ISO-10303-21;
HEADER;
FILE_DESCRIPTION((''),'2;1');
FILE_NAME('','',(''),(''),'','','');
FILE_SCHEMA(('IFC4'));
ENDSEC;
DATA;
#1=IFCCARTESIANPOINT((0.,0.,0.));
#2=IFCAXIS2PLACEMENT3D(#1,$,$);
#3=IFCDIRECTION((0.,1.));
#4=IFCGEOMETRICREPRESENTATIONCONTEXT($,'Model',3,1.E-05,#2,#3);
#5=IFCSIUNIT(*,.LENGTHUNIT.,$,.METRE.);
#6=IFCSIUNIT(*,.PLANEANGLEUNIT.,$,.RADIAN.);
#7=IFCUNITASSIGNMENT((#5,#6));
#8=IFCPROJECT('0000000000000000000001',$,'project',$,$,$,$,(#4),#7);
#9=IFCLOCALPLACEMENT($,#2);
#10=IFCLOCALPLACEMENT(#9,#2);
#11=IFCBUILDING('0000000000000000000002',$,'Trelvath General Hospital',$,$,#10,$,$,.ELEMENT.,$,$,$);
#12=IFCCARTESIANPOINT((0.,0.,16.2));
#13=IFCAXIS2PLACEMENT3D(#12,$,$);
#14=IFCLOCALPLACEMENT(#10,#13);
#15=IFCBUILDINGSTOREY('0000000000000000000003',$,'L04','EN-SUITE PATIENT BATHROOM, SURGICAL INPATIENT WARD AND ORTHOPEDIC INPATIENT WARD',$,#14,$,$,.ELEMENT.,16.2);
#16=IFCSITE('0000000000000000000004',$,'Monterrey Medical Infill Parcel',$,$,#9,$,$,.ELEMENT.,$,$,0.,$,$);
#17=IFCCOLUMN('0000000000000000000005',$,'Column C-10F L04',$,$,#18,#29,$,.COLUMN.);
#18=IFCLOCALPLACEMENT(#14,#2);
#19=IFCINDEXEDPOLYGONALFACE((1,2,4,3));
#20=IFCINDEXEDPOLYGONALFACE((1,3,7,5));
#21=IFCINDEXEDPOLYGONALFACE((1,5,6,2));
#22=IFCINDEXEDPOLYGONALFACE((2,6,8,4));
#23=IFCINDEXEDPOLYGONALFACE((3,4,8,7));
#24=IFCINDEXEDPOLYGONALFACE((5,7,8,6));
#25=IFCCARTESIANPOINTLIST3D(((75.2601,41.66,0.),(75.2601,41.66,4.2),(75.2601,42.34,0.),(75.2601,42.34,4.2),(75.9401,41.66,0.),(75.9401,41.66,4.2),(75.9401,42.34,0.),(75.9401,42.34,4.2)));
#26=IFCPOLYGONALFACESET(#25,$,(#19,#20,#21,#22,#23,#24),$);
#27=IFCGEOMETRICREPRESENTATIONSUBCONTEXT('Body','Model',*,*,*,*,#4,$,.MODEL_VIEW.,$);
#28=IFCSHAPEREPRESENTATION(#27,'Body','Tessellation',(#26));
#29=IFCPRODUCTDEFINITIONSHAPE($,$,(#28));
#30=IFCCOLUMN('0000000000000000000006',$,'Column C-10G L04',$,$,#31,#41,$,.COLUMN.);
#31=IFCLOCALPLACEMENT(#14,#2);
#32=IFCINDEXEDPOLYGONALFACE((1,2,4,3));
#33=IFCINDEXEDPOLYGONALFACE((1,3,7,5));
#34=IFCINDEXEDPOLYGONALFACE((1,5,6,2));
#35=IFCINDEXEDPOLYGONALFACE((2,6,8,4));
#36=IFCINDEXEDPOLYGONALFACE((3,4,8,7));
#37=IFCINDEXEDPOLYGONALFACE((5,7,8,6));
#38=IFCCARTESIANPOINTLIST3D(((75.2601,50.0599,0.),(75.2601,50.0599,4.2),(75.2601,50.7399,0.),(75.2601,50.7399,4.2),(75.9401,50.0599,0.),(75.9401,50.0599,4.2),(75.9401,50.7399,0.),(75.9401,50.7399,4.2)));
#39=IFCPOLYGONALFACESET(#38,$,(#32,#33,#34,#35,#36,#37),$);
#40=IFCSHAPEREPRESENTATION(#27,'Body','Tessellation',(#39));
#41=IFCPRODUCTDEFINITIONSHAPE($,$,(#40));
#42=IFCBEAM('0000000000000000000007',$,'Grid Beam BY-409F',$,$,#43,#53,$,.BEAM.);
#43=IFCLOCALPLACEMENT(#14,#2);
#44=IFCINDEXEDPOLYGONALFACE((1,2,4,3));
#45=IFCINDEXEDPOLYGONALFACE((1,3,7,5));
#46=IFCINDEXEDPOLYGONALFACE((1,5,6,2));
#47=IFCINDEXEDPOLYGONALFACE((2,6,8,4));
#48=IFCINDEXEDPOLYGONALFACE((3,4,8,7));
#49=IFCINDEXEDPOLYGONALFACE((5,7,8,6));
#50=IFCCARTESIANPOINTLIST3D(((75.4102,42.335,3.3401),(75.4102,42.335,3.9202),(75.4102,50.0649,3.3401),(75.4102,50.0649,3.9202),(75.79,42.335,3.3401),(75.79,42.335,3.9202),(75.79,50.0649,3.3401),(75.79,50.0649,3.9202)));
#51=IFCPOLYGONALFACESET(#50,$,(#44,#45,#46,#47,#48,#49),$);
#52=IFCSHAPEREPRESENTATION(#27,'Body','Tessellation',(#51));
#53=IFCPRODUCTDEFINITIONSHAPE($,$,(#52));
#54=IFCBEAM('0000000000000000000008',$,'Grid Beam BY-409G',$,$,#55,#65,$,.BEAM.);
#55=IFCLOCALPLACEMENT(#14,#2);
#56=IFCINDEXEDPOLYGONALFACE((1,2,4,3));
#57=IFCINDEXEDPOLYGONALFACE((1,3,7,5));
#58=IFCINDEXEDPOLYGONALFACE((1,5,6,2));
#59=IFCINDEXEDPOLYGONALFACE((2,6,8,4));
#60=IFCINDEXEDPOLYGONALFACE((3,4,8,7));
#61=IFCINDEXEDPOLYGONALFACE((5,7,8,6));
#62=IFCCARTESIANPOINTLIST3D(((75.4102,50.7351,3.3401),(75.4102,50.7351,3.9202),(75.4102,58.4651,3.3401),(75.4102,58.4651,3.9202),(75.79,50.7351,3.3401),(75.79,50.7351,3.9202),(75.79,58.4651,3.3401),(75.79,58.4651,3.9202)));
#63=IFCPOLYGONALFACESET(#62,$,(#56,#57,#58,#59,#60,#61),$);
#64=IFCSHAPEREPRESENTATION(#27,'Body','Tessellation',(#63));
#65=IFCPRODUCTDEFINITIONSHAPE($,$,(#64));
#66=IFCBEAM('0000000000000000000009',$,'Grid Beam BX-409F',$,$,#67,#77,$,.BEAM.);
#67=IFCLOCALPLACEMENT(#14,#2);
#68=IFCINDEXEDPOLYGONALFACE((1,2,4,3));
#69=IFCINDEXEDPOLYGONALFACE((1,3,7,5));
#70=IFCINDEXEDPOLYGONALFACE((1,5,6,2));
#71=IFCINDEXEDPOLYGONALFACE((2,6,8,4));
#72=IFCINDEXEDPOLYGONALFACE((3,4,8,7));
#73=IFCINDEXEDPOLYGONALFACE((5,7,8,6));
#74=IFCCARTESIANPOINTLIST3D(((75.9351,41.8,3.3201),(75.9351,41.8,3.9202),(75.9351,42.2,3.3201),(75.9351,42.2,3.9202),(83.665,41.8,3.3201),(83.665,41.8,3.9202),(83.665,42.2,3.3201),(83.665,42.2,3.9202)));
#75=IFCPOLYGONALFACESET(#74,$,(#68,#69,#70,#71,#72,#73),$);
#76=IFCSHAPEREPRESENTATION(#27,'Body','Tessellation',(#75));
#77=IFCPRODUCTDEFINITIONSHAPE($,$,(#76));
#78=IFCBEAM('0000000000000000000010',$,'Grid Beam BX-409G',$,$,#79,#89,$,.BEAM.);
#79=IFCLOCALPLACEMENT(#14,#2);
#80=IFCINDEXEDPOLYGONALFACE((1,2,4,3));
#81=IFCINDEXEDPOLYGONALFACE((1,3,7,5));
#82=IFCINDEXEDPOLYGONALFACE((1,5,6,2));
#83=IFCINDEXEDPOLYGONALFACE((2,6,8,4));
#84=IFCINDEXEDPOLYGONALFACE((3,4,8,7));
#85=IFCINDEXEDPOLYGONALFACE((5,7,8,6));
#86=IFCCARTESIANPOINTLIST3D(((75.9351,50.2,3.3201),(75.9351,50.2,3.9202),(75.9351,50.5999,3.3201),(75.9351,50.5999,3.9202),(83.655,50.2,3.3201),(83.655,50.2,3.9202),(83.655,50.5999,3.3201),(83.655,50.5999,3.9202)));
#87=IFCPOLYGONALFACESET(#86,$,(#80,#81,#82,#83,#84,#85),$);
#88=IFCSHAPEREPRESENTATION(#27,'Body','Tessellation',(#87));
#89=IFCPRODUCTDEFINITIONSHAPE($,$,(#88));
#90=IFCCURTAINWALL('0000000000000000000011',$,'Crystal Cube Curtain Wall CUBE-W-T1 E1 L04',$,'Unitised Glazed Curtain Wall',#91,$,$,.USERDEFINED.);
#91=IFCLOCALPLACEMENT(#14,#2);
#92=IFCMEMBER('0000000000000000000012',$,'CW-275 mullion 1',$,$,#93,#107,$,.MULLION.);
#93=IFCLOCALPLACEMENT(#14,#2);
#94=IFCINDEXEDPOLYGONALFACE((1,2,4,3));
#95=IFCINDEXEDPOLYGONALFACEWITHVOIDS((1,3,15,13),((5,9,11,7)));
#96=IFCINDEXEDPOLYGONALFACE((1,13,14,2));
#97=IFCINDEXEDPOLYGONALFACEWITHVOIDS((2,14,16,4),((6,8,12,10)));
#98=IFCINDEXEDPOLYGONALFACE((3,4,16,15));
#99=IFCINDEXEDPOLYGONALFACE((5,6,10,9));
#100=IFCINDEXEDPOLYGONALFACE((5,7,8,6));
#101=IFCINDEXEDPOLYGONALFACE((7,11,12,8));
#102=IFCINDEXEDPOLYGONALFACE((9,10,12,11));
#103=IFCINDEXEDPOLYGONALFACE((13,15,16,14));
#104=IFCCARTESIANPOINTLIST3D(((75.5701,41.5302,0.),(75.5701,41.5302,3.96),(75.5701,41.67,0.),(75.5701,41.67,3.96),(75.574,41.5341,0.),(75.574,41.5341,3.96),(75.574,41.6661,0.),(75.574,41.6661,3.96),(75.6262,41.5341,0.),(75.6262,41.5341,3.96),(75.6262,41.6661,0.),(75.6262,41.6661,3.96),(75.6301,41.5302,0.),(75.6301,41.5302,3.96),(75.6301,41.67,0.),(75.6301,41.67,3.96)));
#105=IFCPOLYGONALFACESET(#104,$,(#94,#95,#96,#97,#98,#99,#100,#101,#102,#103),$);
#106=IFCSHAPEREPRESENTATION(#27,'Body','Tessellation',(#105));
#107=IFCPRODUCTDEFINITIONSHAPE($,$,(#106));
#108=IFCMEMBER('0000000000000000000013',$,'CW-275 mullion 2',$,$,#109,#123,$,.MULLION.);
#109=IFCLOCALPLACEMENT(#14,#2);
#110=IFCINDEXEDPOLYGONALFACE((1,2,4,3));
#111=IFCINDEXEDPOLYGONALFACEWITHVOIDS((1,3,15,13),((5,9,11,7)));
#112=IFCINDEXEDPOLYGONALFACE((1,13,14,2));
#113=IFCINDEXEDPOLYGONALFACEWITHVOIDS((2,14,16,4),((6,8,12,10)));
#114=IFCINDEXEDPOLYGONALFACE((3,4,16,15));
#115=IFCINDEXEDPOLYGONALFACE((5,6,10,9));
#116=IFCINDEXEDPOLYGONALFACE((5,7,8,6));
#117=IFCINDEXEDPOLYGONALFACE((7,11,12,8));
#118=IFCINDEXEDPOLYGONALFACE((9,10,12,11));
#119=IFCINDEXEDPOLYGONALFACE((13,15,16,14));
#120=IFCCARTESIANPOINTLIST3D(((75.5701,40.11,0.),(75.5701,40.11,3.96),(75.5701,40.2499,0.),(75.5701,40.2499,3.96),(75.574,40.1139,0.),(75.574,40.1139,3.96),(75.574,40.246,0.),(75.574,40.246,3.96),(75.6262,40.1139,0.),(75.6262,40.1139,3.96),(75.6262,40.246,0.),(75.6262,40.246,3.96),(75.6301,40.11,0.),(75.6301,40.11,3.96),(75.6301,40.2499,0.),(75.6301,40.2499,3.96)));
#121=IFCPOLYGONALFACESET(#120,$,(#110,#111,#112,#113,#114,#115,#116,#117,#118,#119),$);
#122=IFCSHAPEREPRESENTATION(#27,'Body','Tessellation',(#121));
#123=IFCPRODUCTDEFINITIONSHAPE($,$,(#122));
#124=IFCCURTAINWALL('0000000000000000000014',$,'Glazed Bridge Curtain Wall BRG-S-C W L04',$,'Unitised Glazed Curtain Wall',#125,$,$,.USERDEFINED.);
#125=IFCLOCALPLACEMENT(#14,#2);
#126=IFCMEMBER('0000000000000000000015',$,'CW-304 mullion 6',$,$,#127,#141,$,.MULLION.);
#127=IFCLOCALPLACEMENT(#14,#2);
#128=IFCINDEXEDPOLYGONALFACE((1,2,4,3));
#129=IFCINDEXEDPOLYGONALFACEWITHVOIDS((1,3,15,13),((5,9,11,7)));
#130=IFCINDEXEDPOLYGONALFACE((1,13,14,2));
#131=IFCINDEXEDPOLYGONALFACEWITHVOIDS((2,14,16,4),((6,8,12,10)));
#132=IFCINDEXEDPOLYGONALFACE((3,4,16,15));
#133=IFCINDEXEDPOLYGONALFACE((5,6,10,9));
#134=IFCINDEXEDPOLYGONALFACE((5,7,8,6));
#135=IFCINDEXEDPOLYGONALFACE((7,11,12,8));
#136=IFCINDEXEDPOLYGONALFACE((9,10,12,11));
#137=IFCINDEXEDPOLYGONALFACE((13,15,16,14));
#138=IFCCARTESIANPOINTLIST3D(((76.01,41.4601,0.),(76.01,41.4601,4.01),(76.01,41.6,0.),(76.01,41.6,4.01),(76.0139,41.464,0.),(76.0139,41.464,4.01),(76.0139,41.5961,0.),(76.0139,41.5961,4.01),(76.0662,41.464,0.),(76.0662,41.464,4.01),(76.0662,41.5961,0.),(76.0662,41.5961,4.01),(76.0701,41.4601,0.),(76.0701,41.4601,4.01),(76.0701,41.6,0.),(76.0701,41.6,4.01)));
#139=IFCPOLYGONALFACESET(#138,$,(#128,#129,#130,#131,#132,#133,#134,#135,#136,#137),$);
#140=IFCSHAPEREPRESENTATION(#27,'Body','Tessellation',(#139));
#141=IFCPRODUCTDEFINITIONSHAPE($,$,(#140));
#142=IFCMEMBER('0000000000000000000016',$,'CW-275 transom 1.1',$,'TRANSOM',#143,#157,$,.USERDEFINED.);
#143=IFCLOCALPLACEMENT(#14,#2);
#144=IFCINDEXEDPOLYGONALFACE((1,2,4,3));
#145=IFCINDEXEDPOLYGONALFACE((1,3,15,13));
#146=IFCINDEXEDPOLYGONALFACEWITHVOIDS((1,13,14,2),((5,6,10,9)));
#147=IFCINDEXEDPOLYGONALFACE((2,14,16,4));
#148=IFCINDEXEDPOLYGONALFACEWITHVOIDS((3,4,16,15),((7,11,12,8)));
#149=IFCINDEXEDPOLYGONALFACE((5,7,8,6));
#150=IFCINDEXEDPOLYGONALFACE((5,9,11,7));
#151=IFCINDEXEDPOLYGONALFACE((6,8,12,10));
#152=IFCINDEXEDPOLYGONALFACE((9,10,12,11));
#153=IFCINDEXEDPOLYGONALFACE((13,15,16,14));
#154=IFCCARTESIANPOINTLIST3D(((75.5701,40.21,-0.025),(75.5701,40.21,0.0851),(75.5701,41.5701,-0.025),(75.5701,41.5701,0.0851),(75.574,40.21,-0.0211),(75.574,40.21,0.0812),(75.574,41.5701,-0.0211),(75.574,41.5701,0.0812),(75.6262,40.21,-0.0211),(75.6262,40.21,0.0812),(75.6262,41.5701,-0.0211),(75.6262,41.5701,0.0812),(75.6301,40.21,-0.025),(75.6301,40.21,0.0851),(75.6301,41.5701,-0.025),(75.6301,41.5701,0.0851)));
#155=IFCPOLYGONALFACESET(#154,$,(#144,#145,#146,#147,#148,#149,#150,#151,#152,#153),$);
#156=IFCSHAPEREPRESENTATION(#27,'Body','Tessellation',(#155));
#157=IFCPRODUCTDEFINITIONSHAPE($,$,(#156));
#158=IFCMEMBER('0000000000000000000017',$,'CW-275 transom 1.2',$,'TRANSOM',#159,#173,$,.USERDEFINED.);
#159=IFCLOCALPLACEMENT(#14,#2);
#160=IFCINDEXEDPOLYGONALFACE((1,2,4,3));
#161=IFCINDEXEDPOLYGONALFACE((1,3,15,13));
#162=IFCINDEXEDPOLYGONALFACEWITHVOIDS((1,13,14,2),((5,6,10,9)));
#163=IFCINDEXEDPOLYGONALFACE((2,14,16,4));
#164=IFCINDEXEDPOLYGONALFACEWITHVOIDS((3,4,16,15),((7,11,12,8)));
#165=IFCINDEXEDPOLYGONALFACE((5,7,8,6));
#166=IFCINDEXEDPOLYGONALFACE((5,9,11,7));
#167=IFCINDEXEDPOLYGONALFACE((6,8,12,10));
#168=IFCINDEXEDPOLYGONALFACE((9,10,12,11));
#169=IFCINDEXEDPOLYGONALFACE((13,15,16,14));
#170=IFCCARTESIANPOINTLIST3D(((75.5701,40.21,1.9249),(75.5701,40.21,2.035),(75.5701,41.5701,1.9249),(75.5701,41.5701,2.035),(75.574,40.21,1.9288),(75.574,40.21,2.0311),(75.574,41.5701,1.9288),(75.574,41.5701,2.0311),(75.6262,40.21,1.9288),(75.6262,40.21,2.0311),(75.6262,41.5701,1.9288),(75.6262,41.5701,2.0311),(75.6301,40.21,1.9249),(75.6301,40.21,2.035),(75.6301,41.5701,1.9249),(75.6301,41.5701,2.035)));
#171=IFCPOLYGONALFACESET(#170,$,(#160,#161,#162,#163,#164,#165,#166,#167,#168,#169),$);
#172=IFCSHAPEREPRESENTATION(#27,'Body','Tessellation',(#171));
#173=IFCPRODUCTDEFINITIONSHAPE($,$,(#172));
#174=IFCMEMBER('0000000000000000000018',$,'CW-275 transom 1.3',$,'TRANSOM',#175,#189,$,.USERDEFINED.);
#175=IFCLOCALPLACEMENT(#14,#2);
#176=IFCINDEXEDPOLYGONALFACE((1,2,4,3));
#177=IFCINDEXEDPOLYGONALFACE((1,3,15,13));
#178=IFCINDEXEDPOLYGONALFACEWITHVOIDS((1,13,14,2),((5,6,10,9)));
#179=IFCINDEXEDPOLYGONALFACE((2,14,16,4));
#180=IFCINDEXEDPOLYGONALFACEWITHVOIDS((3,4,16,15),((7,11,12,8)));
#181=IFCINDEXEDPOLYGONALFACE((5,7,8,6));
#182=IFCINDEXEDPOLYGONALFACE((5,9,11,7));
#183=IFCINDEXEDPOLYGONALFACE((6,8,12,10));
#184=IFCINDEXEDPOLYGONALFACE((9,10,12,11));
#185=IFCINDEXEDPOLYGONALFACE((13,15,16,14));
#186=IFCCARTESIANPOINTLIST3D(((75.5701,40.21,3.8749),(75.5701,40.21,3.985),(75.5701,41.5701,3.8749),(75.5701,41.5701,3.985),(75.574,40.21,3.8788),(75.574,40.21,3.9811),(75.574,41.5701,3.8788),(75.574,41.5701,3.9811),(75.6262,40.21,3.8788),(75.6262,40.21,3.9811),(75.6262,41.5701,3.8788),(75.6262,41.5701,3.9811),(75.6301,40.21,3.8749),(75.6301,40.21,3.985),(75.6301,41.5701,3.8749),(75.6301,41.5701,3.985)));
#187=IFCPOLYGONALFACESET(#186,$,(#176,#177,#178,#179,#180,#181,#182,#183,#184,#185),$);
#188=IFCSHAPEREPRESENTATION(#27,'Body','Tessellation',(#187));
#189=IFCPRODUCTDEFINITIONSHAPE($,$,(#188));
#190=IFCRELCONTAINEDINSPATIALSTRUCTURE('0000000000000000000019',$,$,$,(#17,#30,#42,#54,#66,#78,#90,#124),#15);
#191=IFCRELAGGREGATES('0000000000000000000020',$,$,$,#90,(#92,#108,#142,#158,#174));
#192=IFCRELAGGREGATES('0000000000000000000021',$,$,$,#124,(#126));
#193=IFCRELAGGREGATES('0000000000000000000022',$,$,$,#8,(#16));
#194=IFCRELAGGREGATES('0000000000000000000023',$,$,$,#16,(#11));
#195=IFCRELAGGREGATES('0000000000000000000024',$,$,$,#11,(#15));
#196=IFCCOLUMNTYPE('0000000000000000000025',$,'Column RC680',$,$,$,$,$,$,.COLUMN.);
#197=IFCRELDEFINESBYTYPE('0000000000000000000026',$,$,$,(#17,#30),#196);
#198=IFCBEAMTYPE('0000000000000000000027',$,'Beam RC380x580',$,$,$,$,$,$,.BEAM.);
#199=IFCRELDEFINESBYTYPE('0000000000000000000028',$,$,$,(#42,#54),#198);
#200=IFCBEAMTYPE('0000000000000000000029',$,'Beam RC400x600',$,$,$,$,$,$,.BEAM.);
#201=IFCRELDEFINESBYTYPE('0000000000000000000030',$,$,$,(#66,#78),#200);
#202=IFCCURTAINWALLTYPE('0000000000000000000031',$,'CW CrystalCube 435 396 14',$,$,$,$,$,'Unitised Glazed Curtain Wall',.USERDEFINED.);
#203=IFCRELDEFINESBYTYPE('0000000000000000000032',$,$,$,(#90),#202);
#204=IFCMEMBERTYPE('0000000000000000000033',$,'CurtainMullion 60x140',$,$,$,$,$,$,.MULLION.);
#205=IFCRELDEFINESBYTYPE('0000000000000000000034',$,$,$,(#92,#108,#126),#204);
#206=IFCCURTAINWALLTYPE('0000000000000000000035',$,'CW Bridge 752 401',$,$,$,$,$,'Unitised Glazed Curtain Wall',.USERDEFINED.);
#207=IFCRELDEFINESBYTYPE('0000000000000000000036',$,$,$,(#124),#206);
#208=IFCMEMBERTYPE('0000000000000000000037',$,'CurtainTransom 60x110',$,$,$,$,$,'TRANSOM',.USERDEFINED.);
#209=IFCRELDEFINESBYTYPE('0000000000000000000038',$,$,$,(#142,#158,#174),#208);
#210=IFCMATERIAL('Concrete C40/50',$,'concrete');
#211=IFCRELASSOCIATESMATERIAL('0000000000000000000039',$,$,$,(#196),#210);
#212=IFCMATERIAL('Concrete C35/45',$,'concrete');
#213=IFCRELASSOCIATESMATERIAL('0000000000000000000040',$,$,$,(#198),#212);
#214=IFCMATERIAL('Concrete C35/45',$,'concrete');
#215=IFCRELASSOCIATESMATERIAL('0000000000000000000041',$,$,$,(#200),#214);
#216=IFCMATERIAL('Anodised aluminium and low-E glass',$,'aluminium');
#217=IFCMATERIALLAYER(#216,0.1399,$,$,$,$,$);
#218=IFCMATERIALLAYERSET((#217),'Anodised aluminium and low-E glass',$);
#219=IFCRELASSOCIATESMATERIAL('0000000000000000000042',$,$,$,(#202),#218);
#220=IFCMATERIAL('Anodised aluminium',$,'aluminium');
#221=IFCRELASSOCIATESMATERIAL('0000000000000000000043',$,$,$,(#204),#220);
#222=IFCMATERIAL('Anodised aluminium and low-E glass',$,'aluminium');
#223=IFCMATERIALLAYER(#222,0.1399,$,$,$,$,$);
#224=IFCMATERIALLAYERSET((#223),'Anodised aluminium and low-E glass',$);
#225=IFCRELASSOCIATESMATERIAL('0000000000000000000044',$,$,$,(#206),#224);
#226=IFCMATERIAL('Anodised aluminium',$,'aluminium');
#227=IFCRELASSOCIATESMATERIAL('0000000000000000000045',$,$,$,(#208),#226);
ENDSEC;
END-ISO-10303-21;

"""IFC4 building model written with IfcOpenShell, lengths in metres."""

from ifc_helpers import new_model, si_unit, direction, frame, origin, origin_2d, place, context, subcontext, project, spatial, rectangle, hollow_rectangle, extrude, material, layer, layer_set, material_profile, profile_set, type_object, element, aggregate, save


model = new_model("IFC4")

# Units and contexts
model_context = context("Model", 3, precision=1e-05, world=origin(), true_north=direction((0.0, 1.0)))
body_context = subcontext(model_context, "Body", "Model", "MODEL_VIEW")
ifc_project = project(units=[si_unit("LENGTHUNIT", "METRE"), si_unit("PLANEANGLEUNIT", "RADIAN")], contexts=[model_context])

# Site, building, storey
site_placement = place(None, origin())
site = spatial("IfcSite", under=ifc_project, at=site_placement, Name="Monterrey Medical Infill Parcel", CompositionType="ELEMENT", RefElevation=0.0)
building_placement = place(site_placement, origin())
building = spatial("IfcBuilding", under=site, at=building_placement, Name="Trelvath General Hospital", CompositionType="ELEMENT")
storey_placement = place(building_placement, frame((0.0, 0.0, 16.2)))
storey = spatial("IfcBuildingStorey", under=building, at=storey_placement, Name="L04", Description="EN-SUITE PATIENT BATHROOM, SURGICAL INPATIENT WARD AND ORTHOPEDIC INPATIENT WARD", CompositionType="ELEMENT", Elevation=16.2)

# Columns
ifc_material_1 = material(Name="Concrete C40/50", Category="concrete")
ifc_material_profile_1 = material_profile(ifc_material_1, rectangle(XDim=0.6799, YDim=0.6799, at=origin_2d()), Name="RC680x680")
ifc_profile_set_1 = profile_set([ifc_material_profile_1], Name="Concrete C40/50")
column_type = type_object("IfcColumnType", Name="Column RC680", PredefinedType="COLUMN", material=ifc_profile_set_1)
for number, where, z_axis, x_axis, name in (
    (1, (75.6001, 42.0, 0.0), (0.0, 0.0, 1.0), (1.0, 0.0, 0.0), "Column C-10F L04"),
    (2, (75.6001, 50.3999, 0.0), (0.0, 0.0, 1.0), (1.0, 0.0, 0.0), "Column C-10G L04"),
):
    element("IfcColumn", number, at=place(storey_placement, frame(where, z_axis=z_axis, x_axis=x_axis)), inside=storey, type_object=column_type, Name=name, PredefinedType="COLUMN", context=body_context, shape_type="SweptSolid", body=[
        extrude(rectangle(XDim=0.6799, YDim=0.6799, at=origin_2d()), origin(), (0.0, 0.0, 1.0), 4.2),
    ])

# Beams
ifc_material_2 = material(Name="Concrete C35/45", Category="concrete")
ifc_material_profile_2 = material_profile(ifc_material_2, rectangle(XDim=0.3799, YDim=0.5801, at=origin_2d()), Name="RCB380x580")
ifc_profile_set_2 = profile_set([ifc_material_profile_2], Name="Concrete C35/45")
beam_type_1 = type_object("IfcBeamType", Name="Beam RC380x580", PredefinedType="BEAM", material=ifc_profile_set_2)
for number, where, z_axis, x_axis, name in (
    (3, (75.6001, 42.335, 3.6301), (0.0, 1.0, 0.0), (-1.0, 0.0, 0.0), "Grid Beam BY-409F"),
    (4, (75.6001, 50.7351, 3.6301), (0.0, 1.0, 0.0), (-1.0, 0.0, 0.0), "Grid Beam BY-409G"),
):
    element("IfcBeam", number, at=place(storey_placement, frame(where, z_axis=z_axis, x_axis=x_axis)), inside=storey, type_object=beam_type_1, Name=name, PredefinedType="BEAM", context=body_context, shape_type="SweptSolid", body=[
        extrude(rectangle(XDim=0.3799, YDim=0.5801, at=origin_2d()), origin(), (0.0, 0.0, 1.0), 7.73),
    ])
ifc_material_3 = material(Name="Concrete C35/45", Category="concrete")
ifc_material_profile_3 = material_profile(ifc_material_3, rectangle(XDim=0.3999, YDim=0.6001, at=origin_2d()), Name="RCB400x600")
ifc_profile_set_3 = profile_set([ifc_material_profile_3], Name="Concrete C35/45")
beam_type_2 = type_object("IfcBeamType", Name="Beam RC400x600", PredefinedType="BEAM", material=ifc_profile_set_3)
beam_1_placement = place(storey_placement, frame((75.9351, 42.0, 3.6201), z_axis=(1.0, 0.0, 0.0), x_axis=(0.0, 1.0, 0.0)))
element("IfcBeam", 5, at=beam_1_placement, inside=storey, type_object=beam_type_2, Name="Grid Beam BX-409F", PredefinedType="BEAM", context=body_context, shape_type="SweptSolid", body=[
    extrude(rectangle(XDim=0.3999, YDim=0.6001, at=origin_2d()), origin(), (0.0, 0.0, 1.0), 7.73),
])
beam_2_placement = place(storey_placement, frame((75.9351, 50.3999, 3.6201), z_axis=(1.0, 0.0, 0.0), x_axis=(0.0, 1.0, 0.0)))
element("IfcBeam", 6, at=beam_2_placement, inside=storey, type_object=beam_type_2, Name="Grid Beam BX-409G", PredefinedType="BEAM", context=body_context, shape_type="SweptSolid", body=[
    extrude(rectangle(XDim=0.3999, YDim=0.6001, at=origin_2d()), origin(), (0.0, 0.0, 1.0), 7.72),
])

# Curtain wall, members
ifc_material_4 = material(Name="Anodised aluminium and low-E glass", Category="aluminium")
ifc_layer_1 = layer(ifc_material_4, 0.1399)
ifc_layer_set_1 = layer_set([ifc_layer_1], Name="Anodised aluminium and low-E glass")
curtain_wall_type_1 = type_object("IfcCurtainWallType", Name="CW CrystalCube 435 396 14", ElementType="Unitised Glazed Curtain Wall", PredefinedType="USERDEFINED", material=ifc_layer_set_1)
curtain_wall_1_placement = place(storey_placement, origin())
curtain_wall_1 = element("IfcCurtainWall", 7, at=curtain_wall_1_placement, inside=storey, type_object=curtain_wall_type_1, Name="Crystal Cube Curtain Wall CUBE-W-T1 E1 L04", ObjectType="Unitised Glazed Curtain Wall", PredefinedType="USERDEFINED")
ifc_material_5 = material(Name="Anodised aluminium", Category="aluminium")
ifc_material_profile_4 = material_profile(ifc_material_5, hollow_rectangle(XDim=0.0601, YDim=0.1399, WallThickness=0.0039, at=origin_2d()), Name="RHS60x140x4")
ifc_profile_set_4 = profile_set([ifc_material_profile_4], Name="Anodised aluminium")
member_type_1 = type_object("IfcMemberType", Name="CurtainMullion 60x140", PredefinedType="MULLION", material=ifc_profile_set_4)
member_1_placement = place(storey_placement, frame((75.6001, 41.6001, 0.0), z_axis=(0.0, 0.0, 1.0), x_axis=(1.0, 0.0, 0.0)))
member_1 = element("IfcMember", 8, at=member_1_placement, type_object=member_type_1, Name="CW-275 mullion 1", PredefinedType="MULLION", context=body_context, shape_type="SweptSolid", body=[
    extrude(hollow_rectangle(XDim=0.0601, YDim=0.1399, WallThickness=0.0039, at=origin_2d()), origin(), (0.0, 0.0, 1.0), 3.96),
])
member_2_placement = place(storey_placement, frame((75.6001, 40.1799, 0.0), z_axis=(0.0, 0.0, 1.0), x_axis=(1.0, 0.0, 0.0)))
member_2 = element("IfcMember", 9, at=member_2_placement, type_object=member_type_1, Name="CW-275 mullion 2", PredefinedType="MULLION", context=body_context, shape_type="SweptSolid", body=[
    extrude(hollow_rectangle(XDim=0.0601, YDim=0.1399, WallThickness=0.0039, at=origin_2d()), origin(), (0.0, 0.0, 1.0), 3.96),
])

# Curtain wall, member
ifc_material_6 = material(Name="Anodised aluminium and low-E glass", Category="aluminium")
ifc_layer_2 = layer(ifc_material_6, 0.1399)
ifc_layer_set_2 = layer_set([ifc_layer_2], Name="Anodised aluminium and low-E glass")
curtain_wall_type_2 = type_object("IfcCurtainWallType", Name="CW Bridge 752 401", ElementType="Unitised Glazed Curtain Wall", PredefinedType="USERDEFINED", material=ifc_layer_set_2)
curtain_wall_2_placement = place(storey_placement, origin())
curtain_wall_2 = element("IfcCurtainWall", 10, at=curtain_wall_2_placement, inside=storey, type_object=curtain_wall_type_2, Name="Glazed Bridge Curtain Wall BRG-S-C W L04", ObjectType="Unitised Glazed Curtain Wall", PredefinedType="USERDEFINED")
member_3_placement = place(storey_placement, frame((76.04, 41.53, 0.0), z_axis=(0.0, 0.0, 1.0), x_axis=(-1.0, 0.0, 0.0)))
member_3 = element("IfcMember", 11, at=member_3_placement, type_object=member_type_1, Name="CW-304 mullion 6", PredefinedType="MULLION", context=body_context, shape_type="SweptSolid", body=[
    extrude(hollow_rectangle(XDim=0.0601, YDim=0.1399, WallThickness=0.0039, at=origin_2d()), origin(), (0.0, 0.0, 1.0), 4.01),
])

# Members
ifc_material_7 = material(Name="Anodised aluminium", Category="aluminium")
ifc_material_profile_5 = material_profile(ifc_material_7, hollow_rectangle(XDim=0.0601, YDim=0.1101, WallThickness=0.0039, at=origin_2d()), Name="RHS60x110x4")
ifc_profile_set_5 = profile_set([ifc_material_profile_5], Name="Anodised aluminium")
member_type_2 = type_object("IfcMemberType", Name="CurtainTransom 60x110", ElementType="TRANSOM", PredefinedType="USERDEFINED", material=ifc_profile_set_5)
member_4_placement = place(storey_placement, frame((75.6001, 41.5701, 0.03), z_axis=(0.0, -1.0, 0.0), x_axis=(1.0, 0.0, 0.0)))
member_4 = element("IfcMember", 12, at=member_4_placement, type_object=member_type_2, Name="CW-275 transom 1.1", ObjectType="TRANSOM", PredefinedType="USERDEFINED", context=body_context, shape_type="SweptSolid", body=[
    extrude(hollow_rectangle(XDim=0.0601, YDim=0.1101, WallThickness=0.0039, at=origin_2d()), origin(), (0.0, 0.0, 1.0), 1.3601),
])
member_5_placement = place(storey_placement, frame((75.6001, 41.5701, 1.98), z_axis=(0.0, -1.0, 0.0), x_axis=(1.0, 0.0, 0.0)))
member_5 = element("IfcMember", 13, at=member_5_placement, type_object=member_type_2, Name="CW-275 transom 1.2", ObjectType="TRANSOM", PredefinedType="USERDEFINED", context=body_context, shape_type="SweptSolid", body=[
    extrude(hollow_rectangle(XDim=0.0601, YDim=0.1101, WallThickness=0.0039, at=origin_2d()), origin(), (0.0, 0.0, 1.0), 1.3601),
])
member_6_placement = place(storey_placement, frame((75.6001, 41.5701, 3.9299), z_axis=(0.0, -1.0, 0.0), x_axis=(1.0, 0.0, 0.0)))
member_6 = element("IfcMember", 14, at=member_6_placement, type_object=member_type_2, Name="CW-275 transom 1.3", ObjectType="TRANSOM", PredefinedType="USERDEFINED", context=body_context, shape_type="SweptSolid", body=[
    extrude(hollow_rectangle(XDim=0.0601, YDim=0.1101, WallThickness=0.0039, at=origin_2d()), origin(), (0.0, 0.0, 1.0), 1.3601),
])

aggregate(curtain_wall_1, [member_1, member_2, member_4, member_5, member_6])
aggregate(curtain_wall_2, [member_3])

save(model, "model.ifc")
